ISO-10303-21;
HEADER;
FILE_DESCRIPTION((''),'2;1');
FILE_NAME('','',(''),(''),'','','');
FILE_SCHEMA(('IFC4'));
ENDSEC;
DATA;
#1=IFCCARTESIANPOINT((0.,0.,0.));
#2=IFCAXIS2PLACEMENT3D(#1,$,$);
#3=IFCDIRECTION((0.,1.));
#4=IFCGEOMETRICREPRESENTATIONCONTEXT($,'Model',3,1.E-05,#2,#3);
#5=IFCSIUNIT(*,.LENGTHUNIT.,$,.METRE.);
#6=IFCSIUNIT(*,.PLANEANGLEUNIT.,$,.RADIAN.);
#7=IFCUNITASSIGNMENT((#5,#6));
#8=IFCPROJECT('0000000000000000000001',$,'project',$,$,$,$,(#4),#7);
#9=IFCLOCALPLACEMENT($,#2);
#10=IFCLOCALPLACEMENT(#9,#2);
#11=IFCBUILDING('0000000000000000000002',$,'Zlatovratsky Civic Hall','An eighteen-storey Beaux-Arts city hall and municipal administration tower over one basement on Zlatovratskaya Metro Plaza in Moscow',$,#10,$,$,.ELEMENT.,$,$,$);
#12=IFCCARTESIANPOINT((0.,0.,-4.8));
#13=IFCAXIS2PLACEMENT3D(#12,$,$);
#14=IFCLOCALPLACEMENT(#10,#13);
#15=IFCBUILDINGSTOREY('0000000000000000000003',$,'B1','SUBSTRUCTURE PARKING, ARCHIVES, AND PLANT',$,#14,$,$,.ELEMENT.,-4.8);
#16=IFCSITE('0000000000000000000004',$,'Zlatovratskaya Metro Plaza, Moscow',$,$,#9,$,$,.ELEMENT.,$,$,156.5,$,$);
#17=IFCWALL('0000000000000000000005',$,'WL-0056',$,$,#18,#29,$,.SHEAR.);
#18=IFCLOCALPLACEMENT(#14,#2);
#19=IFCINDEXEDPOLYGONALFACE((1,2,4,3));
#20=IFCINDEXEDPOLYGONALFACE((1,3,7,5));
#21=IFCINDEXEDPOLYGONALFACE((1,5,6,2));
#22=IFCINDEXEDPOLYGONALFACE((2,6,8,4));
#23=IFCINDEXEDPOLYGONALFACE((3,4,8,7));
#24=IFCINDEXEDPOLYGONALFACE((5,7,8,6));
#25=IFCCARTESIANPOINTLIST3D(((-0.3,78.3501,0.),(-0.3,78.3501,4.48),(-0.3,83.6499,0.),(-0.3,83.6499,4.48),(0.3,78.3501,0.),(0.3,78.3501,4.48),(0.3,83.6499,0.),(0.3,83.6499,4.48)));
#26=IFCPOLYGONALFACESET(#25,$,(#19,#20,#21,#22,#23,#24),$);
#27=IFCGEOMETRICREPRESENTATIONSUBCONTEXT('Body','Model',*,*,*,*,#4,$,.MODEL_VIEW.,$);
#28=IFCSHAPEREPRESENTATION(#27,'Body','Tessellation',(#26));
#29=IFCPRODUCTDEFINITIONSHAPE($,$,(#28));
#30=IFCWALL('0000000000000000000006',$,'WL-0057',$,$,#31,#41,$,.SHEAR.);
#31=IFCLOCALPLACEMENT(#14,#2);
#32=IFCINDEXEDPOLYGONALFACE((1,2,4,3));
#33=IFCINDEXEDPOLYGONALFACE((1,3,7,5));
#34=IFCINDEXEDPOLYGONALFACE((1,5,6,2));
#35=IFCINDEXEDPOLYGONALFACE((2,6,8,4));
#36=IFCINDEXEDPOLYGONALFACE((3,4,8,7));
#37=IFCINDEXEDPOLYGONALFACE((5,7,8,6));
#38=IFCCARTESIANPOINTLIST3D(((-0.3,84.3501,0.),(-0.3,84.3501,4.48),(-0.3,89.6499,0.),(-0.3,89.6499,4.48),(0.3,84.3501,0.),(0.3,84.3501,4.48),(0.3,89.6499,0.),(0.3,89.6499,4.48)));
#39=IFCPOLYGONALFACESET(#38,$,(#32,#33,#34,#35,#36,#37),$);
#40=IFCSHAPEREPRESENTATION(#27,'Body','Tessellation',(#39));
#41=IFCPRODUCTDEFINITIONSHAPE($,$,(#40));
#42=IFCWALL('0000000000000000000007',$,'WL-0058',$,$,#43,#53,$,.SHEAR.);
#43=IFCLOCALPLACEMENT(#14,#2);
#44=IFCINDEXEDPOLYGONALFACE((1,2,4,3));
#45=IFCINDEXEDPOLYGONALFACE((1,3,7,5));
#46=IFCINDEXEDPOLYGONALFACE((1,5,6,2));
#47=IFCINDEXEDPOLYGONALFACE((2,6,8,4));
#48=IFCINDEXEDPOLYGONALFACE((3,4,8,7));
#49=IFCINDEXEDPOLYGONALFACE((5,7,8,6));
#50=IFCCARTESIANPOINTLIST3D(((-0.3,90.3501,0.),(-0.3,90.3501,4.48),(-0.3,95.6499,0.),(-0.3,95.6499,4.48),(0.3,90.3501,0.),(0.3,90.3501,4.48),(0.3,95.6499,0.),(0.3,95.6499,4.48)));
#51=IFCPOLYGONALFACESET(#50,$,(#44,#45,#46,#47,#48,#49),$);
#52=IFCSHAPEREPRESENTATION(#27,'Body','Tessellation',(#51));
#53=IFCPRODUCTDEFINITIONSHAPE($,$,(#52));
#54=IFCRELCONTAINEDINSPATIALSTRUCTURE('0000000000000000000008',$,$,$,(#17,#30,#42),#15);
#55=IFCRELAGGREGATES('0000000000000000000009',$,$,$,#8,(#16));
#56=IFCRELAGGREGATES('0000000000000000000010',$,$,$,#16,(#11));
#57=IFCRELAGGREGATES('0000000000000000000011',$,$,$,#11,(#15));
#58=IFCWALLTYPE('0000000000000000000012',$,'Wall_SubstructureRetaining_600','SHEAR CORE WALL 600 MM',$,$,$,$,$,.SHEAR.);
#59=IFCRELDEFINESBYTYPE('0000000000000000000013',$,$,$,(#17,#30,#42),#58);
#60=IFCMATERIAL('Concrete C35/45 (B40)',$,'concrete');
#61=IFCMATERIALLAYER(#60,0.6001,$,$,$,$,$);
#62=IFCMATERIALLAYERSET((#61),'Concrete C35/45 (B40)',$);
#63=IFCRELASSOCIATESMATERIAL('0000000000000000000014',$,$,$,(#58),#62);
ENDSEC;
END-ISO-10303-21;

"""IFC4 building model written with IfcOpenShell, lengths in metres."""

from ifc_helpers import new_model, si_unit, direction, frame, frame_2d, origin, place, context, subcontext, project, spatial, rectangle, extrude, material, layer, layer_set, type_object, element, save


model = new_model("IFC4")

# Units and contexts
model_context = context("Model", 3, precision=1e-05, world=origin(), true_north=direction((0.0, 1.0)))
body_context = subcontext(model_context, "Body", "Model", "MODEL_VIEW")
ifc_project = project(units=[si_unit("LENGTHUNIT", "METRE"), si_unit("PLANEANGLEUNIT", "RADIAN")], contexts=[model_context])

# Site, building, storey
site_placement = place(None, origin())
site = spatial("IfcSite", under=ifc_project, at=site_placement, Name="Zlatovratskaya Metro Plaza, Moscow", CompositionType="ELEMENT", RefElevation=156.5)
building_placement = place(site_placement, origin())
building = spatial("IfcBuilding", under=site, at=building_placement, Name="Zlatovratsky Civic Hall", Description="An eighteen-storey Beaux-Arts city hall and municipal administration tower over one basement on Zlatovratskaya Metro Plaza in Moscow", CompositionType="ELEMENT")
storey_placement = place(building_placement, frame((0.0, 0.0, -4.8)))
storey = spatial("IfcBuildingStorey", under=building, at=storey_placement, Name="B1", Description="SUBSTRUCTURE PARKING, ARCHIVES, AND PLANT", CompositionType="ELEMENT", Elevation=-4.8)

# Shared definitions
ifc_material_1 = material(Name="Concrete C35/45 (B40)", Category="concrete")

# Walls
ifc_layer = layer(ifc_material_1, 0.6001)
ifc_layer_set = layer_set([ifc_layer], Name="Concrete C35/45 (B40)")
wall_type = type_object("IfcWallType", Name="Wall_SubstructureRetaining_600", Description="SHEAR CORE WALL 600 MM", PredefinedType="SHEAR", material=ifc_layer_set)
for number, where, z_axis, x_axis, name in (
    (1, (0.0, 78.3501, 0.0), (0.0, 0.0, 1.0), (0.0, 1.0, 0.0), "WL-0056"),
    (2, (0.0, 84.3501, 0.0), (0.0, 0.0, 1.0), (0.0, 1.0, 0.0), "WL-0057"),
    (3, (0.0, 90.3501, 0.0), (0.0, 0.0, 1.0), (0.0, 1.0, 0.0), "WL-0058"),
):
    element("IfcWall", number, at=place(storey_placement, frame(where, z_axis=z_axis, x_axis=x_axis)), inside=storey, type_object=wall_type, Name=name, PredefinedType="SHEAR", context=body_context, shape_type="SweptSolid", body=[
        extrude(rectangle(XDim=5.2998, YDim=0.6001, at=frame_2d((2.6499, 0.0))), origin(), (0.0, 0.0, 1.0), 4.48),
    ])

save(model, "model.ifc")
